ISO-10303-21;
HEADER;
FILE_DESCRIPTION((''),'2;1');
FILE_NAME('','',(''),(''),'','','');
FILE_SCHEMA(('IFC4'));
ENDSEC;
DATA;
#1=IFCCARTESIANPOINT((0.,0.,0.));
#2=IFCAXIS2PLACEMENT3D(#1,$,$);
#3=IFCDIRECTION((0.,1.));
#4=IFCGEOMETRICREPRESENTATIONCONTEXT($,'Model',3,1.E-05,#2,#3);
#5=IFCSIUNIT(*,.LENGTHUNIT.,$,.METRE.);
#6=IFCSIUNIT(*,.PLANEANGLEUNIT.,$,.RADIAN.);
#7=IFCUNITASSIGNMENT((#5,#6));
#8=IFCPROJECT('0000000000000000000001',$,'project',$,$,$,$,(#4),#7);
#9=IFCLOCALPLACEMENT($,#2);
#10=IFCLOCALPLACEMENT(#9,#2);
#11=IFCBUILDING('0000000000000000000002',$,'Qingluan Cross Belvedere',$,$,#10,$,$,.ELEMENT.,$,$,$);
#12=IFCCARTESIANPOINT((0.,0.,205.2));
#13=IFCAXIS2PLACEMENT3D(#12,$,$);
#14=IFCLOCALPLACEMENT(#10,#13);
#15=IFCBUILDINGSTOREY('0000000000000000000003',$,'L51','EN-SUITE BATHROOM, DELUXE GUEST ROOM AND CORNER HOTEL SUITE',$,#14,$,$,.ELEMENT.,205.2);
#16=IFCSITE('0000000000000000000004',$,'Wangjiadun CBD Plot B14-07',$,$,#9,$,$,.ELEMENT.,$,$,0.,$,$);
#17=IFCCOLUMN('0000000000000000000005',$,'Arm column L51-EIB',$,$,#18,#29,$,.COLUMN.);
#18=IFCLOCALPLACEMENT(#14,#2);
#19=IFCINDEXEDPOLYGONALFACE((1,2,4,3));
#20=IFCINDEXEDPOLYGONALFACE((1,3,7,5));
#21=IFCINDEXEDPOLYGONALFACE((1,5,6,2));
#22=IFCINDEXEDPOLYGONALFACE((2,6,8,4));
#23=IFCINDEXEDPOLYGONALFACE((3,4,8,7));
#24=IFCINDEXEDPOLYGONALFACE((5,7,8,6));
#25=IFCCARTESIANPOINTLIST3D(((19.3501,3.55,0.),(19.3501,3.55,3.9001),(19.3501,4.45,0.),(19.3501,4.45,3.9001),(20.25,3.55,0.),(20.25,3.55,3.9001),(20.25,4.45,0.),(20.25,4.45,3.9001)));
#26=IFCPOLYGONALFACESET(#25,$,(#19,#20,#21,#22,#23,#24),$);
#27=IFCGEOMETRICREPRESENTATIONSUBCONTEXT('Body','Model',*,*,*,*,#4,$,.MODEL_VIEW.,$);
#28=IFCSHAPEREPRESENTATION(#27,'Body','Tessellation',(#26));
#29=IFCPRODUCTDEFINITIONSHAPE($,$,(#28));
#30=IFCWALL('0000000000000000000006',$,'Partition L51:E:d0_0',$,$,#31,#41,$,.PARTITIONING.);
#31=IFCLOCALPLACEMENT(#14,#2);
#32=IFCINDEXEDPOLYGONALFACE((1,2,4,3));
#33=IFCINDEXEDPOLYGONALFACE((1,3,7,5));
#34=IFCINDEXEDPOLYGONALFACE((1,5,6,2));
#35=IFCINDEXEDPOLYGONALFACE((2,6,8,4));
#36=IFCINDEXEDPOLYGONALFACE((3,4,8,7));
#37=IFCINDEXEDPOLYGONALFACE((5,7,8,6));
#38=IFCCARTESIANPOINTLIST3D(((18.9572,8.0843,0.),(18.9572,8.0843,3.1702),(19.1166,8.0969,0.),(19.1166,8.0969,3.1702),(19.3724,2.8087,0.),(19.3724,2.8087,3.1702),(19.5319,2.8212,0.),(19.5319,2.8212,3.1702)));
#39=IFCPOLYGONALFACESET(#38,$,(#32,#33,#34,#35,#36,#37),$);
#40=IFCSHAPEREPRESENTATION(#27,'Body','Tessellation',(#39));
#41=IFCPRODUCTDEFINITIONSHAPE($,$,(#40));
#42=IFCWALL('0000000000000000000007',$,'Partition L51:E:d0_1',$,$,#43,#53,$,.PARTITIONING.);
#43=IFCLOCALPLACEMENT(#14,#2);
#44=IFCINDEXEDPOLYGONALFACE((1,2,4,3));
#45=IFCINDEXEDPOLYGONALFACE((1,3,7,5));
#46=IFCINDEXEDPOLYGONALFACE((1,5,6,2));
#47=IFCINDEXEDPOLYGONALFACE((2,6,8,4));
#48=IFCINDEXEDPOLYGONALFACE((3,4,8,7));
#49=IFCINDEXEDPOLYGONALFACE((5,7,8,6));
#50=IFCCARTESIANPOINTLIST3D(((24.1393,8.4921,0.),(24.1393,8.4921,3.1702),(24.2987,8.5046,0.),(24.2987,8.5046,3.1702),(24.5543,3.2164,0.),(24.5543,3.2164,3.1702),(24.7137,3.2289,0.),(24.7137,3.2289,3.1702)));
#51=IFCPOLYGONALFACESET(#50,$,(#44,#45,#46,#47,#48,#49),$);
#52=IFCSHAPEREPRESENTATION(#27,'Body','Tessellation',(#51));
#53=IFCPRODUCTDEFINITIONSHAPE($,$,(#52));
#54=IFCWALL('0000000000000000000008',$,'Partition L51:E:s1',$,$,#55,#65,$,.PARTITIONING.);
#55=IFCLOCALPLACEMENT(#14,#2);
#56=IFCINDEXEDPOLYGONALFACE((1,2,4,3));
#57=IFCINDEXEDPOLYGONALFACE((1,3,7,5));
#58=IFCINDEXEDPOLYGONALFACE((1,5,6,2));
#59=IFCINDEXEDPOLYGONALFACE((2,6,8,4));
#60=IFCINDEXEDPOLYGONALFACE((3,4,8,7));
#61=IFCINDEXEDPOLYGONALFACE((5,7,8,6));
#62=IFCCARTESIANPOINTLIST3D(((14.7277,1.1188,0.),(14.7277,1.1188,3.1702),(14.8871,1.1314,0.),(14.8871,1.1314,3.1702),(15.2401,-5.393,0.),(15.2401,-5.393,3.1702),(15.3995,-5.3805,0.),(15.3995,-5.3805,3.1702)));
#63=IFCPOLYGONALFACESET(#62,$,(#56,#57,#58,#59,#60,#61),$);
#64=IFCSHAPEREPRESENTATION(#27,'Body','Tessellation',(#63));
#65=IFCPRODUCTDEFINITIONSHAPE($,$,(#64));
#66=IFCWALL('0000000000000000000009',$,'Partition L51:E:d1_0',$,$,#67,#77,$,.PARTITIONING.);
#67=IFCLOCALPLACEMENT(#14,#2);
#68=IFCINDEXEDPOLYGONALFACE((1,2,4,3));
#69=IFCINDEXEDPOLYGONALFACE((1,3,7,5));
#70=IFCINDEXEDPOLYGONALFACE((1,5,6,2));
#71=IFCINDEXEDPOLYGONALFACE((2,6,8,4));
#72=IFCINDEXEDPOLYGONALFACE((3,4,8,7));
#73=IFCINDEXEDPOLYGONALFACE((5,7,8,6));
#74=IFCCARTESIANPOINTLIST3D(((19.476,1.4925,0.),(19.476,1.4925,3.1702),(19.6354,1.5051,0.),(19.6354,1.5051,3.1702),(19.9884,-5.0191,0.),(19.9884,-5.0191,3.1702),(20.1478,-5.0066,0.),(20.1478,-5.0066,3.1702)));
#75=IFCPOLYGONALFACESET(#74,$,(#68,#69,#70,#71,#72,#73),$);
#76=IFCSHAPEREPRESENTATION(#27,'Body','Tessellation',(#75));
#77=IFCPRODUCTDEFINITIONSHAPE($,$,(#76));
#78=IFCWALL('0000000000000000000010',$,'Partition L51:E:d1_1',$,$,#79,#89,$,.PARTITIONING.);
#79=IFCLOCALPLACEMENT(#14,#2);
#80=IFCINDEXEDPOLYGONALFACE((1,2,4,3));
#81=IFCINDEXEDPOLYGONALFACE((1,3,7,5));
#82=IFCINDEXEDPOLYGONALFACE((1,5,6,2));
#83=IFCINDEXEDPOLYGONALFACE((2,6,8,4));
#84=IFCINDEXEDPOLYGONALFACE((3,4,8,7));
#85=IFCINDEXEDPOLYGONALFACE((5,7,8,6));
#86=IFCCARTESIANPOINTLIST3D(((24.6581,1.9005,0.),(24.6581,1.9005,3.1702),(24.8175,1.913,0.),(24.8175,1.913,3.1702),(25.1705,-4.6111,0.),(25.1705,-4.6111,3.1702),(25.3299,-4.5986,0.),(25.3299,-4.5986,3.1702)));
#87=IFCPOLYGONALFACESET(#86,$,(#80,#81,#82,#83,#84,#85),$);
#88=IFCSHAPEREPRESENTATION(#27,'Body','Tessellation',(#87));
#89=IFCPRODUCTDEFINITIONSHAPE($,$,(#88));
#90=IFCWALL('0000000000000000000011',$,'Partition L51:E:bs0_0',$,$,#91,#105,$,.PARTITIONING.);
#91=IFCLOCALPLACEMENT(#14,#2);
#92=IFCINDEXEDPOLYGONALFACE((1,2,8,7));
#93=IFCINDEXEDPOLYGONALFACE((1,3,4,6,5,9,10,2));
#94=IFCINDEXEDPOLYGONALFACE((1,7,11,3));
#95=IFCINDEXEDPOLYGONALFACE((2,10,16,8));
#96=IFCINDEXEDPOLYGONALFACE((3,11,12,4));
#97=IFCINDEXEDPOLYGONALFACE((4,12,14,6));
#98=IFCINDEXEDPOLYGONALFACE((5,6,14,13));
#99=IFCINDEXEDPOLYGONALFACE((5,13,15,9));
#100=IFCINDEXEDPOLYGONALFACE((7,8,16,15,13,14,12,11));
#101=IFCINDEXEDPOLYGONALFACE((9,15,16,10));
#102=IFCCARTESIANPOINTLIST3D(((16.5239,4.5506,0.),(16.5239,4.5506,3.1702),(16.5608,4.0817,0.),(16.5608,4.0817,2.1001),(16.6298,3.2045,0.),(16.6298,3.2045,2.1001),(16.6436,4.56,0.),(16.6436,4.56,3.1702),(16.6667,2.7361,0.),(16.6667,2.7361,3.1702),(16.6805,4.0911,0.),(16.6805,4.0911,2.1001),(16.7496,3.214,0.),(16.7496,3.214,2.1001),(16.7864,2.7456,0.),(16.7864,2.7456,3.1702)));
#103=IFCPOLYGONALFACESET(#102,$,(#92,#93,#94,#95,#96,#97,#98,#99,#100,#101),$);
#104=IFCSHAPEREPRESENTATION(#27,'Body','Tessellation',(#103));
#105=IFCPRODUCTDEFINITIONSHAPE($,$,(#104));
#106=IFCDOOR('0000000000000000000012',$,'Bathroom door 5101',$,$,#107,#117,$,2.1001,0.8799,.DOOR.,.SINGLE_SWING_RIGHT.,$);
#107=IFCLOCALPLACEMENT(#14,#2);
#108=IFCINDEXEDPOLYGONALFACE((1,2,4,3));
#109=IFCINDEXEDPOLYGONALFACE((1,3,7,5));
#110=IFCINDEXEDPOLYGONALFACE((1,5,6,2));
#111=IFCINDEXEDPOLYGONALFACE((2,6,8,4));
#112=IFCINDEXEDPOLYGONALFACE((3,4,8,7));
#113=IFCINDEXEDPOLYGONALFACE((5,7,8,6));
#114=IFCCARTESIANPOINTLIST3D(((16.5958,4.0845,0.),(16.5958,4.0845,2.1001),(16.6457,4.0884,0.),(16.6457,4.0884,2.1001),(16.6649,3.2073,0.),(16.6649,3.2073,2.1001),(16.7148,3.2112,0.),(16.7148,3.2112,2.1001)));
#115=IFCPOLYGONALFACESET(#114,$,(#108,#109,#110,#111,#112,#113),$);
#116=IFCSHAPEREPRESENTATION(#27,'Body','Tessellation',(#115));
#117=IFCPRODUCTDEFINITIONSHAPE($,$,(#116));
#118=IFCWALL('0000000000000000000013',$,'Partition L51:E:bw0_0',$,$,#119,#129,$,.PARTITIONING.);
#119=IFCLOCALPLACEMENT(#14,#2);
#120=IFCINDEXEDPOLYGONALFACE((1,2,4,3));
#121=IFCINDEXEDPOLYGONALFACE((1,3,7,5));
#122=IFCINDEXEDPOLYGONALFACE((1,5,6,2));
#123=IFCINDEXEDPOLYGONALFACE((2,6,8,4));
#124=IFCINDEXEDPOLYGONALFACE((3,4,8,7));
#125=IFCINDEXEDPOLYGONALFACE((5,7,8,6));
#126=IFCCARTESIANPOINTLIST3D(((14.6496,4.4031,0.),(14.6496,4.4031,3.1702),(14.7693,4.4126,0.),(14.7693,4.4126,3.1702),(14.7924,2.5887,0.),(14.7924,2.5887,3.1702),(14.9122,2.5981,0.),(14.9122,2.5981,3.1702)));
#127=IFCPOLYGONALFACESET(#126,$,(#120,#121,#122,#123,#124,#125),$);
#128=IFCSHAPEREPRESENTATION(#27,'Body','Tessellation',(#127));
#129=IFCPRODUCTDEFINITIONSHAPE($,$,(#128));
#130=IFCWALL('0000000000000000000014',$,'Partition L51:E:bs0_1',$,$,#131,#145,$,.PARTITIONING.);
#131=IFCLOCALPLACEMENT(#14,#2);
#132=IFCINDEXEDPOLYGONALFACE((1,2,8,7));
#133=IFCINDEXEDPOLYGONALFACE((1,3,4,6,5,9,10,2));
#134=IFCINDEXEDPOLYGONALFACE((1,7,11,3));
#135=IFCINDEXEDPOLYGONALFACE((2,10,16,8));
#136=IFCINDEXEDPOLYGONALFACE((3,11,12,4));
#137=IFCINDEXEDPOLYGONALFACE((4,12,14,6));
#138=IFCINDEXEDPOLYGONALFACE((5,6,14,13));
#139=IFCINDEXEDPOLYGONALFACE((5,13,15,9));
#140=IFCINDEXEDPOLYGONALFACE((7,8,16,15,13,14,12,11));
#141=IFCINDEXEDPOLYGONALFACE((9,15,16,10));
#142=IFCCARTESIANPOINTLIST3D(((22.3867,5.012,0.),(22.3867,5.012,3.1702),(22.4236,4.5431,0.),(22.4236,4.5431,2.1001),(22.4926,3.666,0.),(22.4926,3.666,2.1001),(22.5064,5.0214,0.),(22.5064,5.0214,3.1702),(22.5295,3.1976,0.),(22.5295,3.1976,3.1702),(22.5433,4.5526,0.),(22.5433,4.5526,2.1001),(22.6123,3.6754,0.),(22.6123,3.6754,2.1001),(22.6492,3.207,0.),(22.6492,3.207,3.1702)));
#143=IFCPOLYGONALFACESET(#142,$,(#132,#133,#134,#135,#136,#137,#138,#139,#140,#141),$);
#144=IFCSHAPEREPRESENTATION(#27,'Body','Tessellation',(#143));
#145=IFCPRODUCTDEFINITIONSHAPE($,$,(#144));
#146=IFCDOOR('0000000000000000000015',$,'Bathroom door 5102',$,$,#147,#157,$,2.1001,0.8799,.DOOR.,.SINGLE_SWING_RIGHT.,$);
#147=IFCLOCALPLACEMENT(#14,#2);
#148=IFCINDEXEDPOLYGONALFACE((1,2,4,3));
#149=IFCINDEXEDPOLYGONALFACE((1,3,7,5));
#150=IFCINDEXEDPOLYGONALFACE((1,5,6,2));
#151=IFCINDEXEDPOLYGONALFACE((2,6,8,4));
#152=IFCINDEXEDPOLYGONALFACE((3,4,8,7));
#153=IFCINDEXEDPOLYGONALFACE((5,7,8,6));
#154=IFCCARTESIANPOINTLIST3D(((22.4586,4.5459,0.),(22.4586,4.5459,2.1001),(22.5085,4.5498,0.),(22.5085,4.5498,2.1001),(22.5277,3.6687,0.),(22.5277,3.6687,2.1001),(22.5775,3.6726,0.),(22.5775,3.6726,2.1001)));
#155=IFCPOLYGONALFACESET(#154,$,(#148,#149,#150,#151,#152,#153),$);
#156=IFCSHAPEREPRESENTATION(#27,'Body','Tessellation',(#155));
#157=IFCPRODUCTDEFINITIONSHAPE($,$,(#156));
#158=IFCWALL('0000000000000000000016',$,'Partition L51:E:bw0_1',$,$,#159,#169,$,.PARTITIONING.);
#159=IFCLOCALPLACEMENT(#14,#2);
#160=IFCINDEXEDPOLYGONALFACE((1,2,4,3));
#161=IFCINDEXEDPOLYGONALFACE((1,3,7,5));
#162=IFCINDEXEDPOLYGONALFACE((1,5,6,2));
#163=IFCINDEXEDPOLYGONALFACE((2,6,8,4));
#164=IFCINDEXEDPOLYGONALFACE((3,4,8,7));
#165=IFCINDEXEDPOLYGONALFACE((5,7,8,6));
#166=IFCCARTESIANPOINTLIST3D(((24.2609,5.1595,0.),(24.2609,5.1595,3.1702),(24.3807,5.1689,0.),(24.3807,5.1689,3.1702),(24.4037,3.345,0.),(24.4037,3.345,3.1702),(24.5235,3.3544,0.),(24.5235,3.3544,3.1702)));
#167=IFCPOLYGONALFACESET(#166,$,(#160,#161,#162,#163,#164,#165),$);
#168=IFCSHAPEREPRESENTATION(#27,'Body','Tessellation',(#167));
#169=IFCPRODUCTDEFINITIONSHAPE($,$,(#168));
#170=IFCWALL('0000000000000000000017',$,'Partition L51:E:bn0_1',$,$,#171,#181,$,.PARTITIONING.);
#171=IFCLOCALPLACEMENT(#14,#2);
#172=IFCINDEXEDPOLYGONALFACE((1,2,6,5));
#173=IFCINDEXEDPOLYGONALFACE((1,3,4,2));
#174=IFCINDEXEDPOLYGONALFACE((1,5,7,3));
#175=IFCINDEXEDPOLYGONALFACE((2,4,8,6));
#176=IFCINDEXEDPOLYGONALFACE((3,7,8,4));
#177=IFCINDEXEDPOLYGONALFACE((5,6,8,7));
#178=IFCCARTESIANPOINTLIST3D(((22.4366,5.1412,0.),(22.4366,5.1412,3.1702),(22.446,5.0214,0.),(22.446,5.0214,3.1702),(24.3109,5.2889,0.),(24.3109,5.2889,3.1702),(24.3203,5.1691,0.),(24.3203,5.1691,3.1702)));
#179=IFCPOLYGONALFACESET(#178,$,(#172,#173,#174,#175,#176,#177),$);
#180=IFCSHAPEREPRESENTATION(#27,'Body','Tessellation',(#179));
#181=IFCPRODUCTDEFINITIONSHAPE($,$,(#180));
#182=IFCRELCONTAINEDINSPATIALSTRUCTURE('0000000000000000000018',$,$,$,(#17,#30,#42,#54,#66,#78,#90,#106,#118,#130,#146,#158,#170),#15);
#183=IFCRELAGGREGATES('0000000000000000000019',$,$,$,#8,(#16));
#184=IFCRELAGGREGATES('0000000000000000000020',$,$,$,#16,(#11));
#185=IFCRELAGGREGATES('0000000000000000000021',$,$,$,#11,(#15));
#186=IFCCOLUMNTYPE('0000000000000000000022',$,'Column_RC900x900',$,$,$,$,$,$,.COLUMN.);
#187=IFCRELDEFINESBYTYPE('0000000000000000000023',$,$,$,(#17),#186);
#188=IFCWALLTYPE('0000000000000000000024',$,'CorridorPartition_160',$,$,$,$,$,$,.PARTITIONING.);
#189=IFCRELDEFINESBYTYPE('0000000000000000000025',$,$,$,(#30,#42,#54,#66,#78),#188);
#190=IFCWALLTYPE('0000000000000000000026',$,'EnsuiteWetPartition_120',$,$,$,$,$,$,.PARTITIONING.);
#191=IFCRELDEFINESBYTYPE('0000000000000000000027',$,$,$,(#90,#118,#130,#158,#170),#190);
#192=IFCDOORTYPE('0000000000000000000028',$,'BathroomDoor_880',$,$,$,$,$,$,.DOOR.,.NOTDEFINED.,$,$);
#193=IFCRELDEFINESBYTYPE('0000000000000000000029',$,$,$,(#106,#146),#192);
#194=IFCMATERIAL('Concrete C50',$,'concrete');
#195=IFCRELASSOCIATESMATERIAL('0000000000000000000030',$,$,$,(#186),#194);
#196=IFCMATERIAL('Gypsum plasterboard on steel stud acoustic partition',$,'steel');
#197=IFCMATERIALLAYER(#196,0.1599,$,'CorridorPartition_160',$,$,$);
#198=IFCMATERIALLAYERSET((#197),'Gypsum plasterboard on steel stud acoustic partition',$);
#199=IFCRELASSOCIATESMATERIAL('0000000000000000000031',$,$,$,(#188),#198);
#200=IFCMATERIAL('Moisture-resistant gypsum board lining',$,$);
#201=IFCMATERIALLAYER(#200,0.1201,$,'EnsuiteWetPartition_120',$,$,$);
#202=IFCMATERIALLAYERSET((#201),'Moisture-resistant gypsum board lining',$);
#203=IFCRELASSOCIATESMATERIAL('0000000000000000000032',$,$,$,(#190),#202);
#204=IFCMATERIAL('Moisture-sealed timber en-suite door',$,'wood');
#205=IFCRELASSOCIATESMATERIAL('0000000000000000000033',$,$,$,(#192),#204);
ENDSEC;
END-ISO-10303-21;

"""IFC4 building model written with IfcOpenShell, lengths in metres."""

from ifc_helpers import new_model, si_unit, direction, frame, frame_2d, origin, origin_2d, place, context, subcontext, project, spatial, rectangle, extrude, material, layer, layer_set, material_profile, profile_set, type_object, element, fill, save


model = new_model("IFC4")

# Units and contexts
model_context = context("Model", 3, precision=1e-05, world=origin(), true_north=direction((0.0, 1.0)))
body_context = subcontext(model_context, "Body", "Model", "MODEL_VIEW")
ifc_project = project(units=[si_unit("LENGTHUNIT", "METRE"), si_unit("PLANEANGLEUNIT", "RADIAN")], contexts=[model_context])

# Site, building, storey
site_placement = place(None, origin())
site = spatial("IfcSite", under=ifc_project, at=site_placement, Name="Wangjiadun CBD Plot B14-07", CompositionType="ELEMENT", RefElevation=0.0)
building_placement = place(site_placement, origin())
building = spatial("IfcBuilding", under=site, at=building_placement, Name="Qingluan Cross Belvedere", CompositionType="ELEMENT")
storey_placement = place(building_placement, frame((0.0, 0.0, 205.2)))
storey = spatial("IfcBuildingStorey", under=building, at=storey_placement, Name="L51", Description="EN-SUITE BATHROOM, DELUXE GUEST ROOM AND CORNER HOTEL SUITE", CompositionType="ELEMENT", Elevation=205.2)

# Column
ifc_material_1 = material(Name="Concrete C50", Category="concrete")
ifc_material_profile = material_profile(ifc_material_1, rectangle(XDim=0.8999, YDim=0.8999, at=origin_2d()), Name="RC900x900")
ifc_profile_set = profile_set([ifc_material_profile], Name="Concrete C50")
column_type = type_object("IfcColumnType", Name="Column_RC900x900", PredefinedType="COLUMN", material=ifc_profile_set)
column_placement = place(storey_placement, frame((19.8, 4.0, 0.0), z_axis=(0.0, 0.0, 1.0), x_axis=(1.0, 0.0, 0.0)))
element("IfcColumn", 1, at=column_placement, inside=storey, type_object=column_type, Name="Arm column L51-EIB", PredefinedType="COLUMN", context=body_context, shape_type="SweptSolid", body=[
    extrude(rectangle(XDim=0.8999, YDim=0.8999, at=origin_2d()), origin(), (0.0, 0.0, 1.0), 3.9001),
])

# Walls
ifc_material_2 = material(Name="Gypsum plasterboard on steel stud acoustic partition", Category="steel")
ifc_layer_1 = layer(ifc_material_2, 0.1599, Name="CorridorPartition_160")
ifc_layer_set_1 = layer_set([ifc_layer_1], Name="Gypsum plasterboard on steel stud acoustic partition")
wall_type_1 = type_object("IfcWallType", Name="CorridorPartition_160", PredefinedType="PARTITIONING", material=ifc_layer_set_1)
for number, where, z_axis, x_axis, name in (
    (2, (19.4521, 2.8149, 0.0), (0.0, 0.0, 1.0), (-0.078474, 0.996916, 0.0), "Partition L51:E:d0_0"),
    (3, (24.634, 3.2227, 0.0), (0.0, 0.0, 1.0), (-0.078429, 0.99692, 0.0), "Partition L51:E:d0_1"),
):
    element("IfcWall", number, at=place(storey_placement, frame(where, z_axis=z_axis, x_axis=x_axis)), inside=storey, type_object=wall_type_1, Name=name, PredefinedType="PARTITIONING", context=body_context, shape_type="SweptSolid", body=[
        extrude(rectangle(XDim=5.292, YDim=0.1599, at=frame_2d((2.646, 0.0))), origin(), (0.0, 0.0, 1.0), 3.1702),
    ])

# Walls
wall_1_placement = place(storey_placement, frame((14.8074, 1.1252, 0.0), z_axis=(0.0, 0.0, 1.0), x_axis=(0.078451, -0.996918, 0.0)))
element("IfcWall", 4, at=wall_1_placement, inside=storey, type_object=wall_type_1, Name="Partition L51:E:s1", PredefinedType="PARTITIONING", context=body_context, shape_type="SweptSolid", body=[
    extrude(rectangle(XDim=6.532, YDim=0.1599, at=frame_2d((3.2661, 0.0))), origin(), (0.0, 0.0, 1.0), 3.1702),
])
for number, where, z_axis, x_axis, name in (
    (5, (19.5557, 1.4988, 0.0), (0.0, 0.0, 1.0), (0.078454, -0.996918, 0.0), "Partition L51:E:d1_0"),
    (6, (24.7378, 1.9067, 0.0), (0.0, 0.0, 1.0), (0.078454, -0.996918, 0.0), "Partition L51:E:d1_1"),
):
    element("IfcWall", number, at=place(storey_placement, frame(where, z_axis=z_axis, x_axis=x_axis)), inside=storey, type_object=wall_type_1, Name=name, PredefinedType="PARTITIONING", context=body_context, shape_type="SweptSolid", body=[
        extrude(rectangle(XDim=6.5317, YDim=0.1599, at=frame_2d((3.2659, 0.0))), origin(), (0.0, 0.0, 1.0), 3.1702),
    ])

# Wall, opening, door
ifc_material_3 = material(Name="Moisture-resistant gypsum board lining")
ifc_layer_2 = layer(ifc_material_3, 0.1201, Name="EnsuiteWetPartition_120")
ifc_layer_set_2 = layer_set([ifc_layer_2], Name="Moisture-resistant gypsum board lining")
wall_type_2 = type_object("IfcWallType", Name="EnsuiteWetPartition_120", PredefinedType="PARTITIONING", material=ifc_layer_set_2)
wall_2_placement = place(storey_placement, frame((16.7266, 2.7407, 0.0), z_axis=(0.0, 0.0, 1.0), x_axis=(-0.078471, 0.996916, 0.0)))
wall_2 = element("IfcWall", 7, at=wall_2_placement, inside=storey, type_object=wall_type_2, Name="Partition L51:E:bs0_0", PredefinedType="PARTITIONING", context=body_context, shape_type="SweptSolid", body=[
    extrude(rectangle(XDim=1.8201, YDim=0.1201, at=frame_2d((0.9102, 0.0))), origin(), (0.0, 0.0, 1.0), 3.1702),
])
opening_1_placement = place(wall_2_placement, frame((0.47, 0.0, 0.0)))
opening_1 = element("IfcOpeningElement", 8, at=opening_1_placement, cuts=wall_2, PredefinedType="OPENING", context=body_context, shape_type="SweptSolid", body=[
    extrude(rectangle(XDim=0.8799, YDim=2.1001, at=frame_2d((0.4399, 1.05))), frame((0.0, 0.0701, 0.0), z_axis=(0.0, -1.0, 0.0), x_axis=(1.0, 0.0, 0.0)), (0.0, 0.0, 1.0), 0.1401),
])
ifc_material_4 = material(Name="Moisture-sealed timber en-suite door", Category="wood")
door_type_1 = type_object("IfcDoorType", Name="BathroomDoor_880", OperationType="NOTDEFINED", PredefinedType="DOOR", material=ifc_material_4)
door_1_placement = place(opening_1_placement, origin())
door_1 = element("IfcDoor", 9, at=door_1_placement, inside=storey, type_object=door_type_1, Name="Bathroom door 5101", OperationType="SINGLE_SWING_RIGHT", OverallHeight=2.1001, OverallWidth=0.8799, PredefinedType="DOOR", context=body_context, shape_type="SweptSolid", body=[
    extrude(rectangle(XDim=0.8799, YDim=2.1001, at=frame_2d((0.4399, 1.05))), frame((0.0, 0.0249, 0.0), z_axis=(0.0, -1.0, 0.0), x_axis=(1.0, 0.0, 0.0)), (0.0, 0.0, 1.0), 0.05),
])
fill(opening_1, door_1)

# Wall
wall_3_placement = place(storey_placement, frame((14.8523, 2.5933, 0.0), z_axis=(0.0, 0.0, 1.0), x_axis=(-0.078471, 0.996916, 0.0)))
element("IfcWall", 10, at=wall_3_placement, inside=storey, type_object=wall_type_2, Name="Partition L51:E:bw0_0", PredefinedType="PARTITIONING", context=body_context, shape_type="SweptSolid", body=[
    extrude(rectangle(XDim=1.8201, YDim=0.1201, at=frame_2d((0.9102, 0.0))), origin(), (0.0, 0.0, 1.0), 3.1702),
])

# Wall, opening, door
wall_4_placement = place(storey_placement, frame((22.5894, 3.2021, 0.0), z_axis=(0.0, 0.0, 1.0), x_axis=(-0.078471, 0.996916, 0.0)))
wall_4 = element("IfcWall", 11, at=wall_4_placement, inside=storey, type_object=wall_type_2, Name="Partition L51:E:bs0_1", PredefinedType="PARTITIONING", context=body_context, shape_type="SweptSolid", body=[
    extrude(rectangle(XDim=1.8201, YDim=0.1201, at=frame_2d((0.9102, 0.0))), origin(), (0.0, 0.0, 1.0), 3.1702),
])
opening_2_placement = place(wall_4_placement, frame((0.47, 0.0, 0.0)))
opening_2 = element("IfcOpeningElement", 12, at=opening_2_placement, cuts=wall_4, PredefinedType="OPENING", context=body_context, shape_type="SweptSolid", body=[
    extrude(rectangle(XDim=0.8799, YDim=2.1001, at=frame_2d((0.4399, 1.05))), frame((0.0, 0.0701, 0.0), z_axis=(0.0, -1.0, 0.0), x_axis=(1.0, 0.0, 0.0)), (0.0, 0.0, 1.0), 0.1401),
])
door_2_placement = place(opening_2_placement, origin())
door_2 = element("IfcDoor", 13, at=door_2_placement, inside=storey, type_object=door_type_1, Name="Bathroom door 5102", OperationType="SINGLE_SWING_RIGHT", OverallHeight=2.1001, OverallWidth=0.8799, PredefinedType="DOOR", context=body_context, shape_type="SweptSolid", body=[
    extrude(rectangle(XDim=0.8799, YDim=2.1001, at=frame_2d((0.4399, 1.05))), frame((0.0, 0.0249, 0.0), z_axis=(0.0, -1.0, 0.0), x_axis=(1.0, 0.0, 0.0)), (0.0, 0.0, 1.0), 0.05),
])
fill(opening_2, door_2)

# Walls
wall_5_placement = place(storey_placement, frame((24.4636, 3.3496, 0.0), z_axis=(0.0, 0.0, 1.0), x_axis=(-0.078471, 0.996916, 0.0)))
element("IfcWall", 14, at=wall_5_placement, inside=storey, type_object=wall_type_2, Name="Partition L51:E:bw0_1", PredefinedType="PARTITIONING", context=body_context, shape_type="SweptSolid", body=[
    extrude(rectangle(XDim=1.8201, YDim=0.1201, at=frame_2d((0.9102, 0.0))), origin(), (0.0, 0.0, 1.0), 3.1702),
])
wall_6_placement = place(storey_placement, frame((22.4414, 5.0813, 0.0), z_axis=(0.0, 0.0, 1.0), x_axis=(0.996909, 0.078563, 0.0)))
element("IfcWall", 15, at=wall_6_placement, inside=storey, type_object=wall_type_2, Name="Partition L51:E:bn0_1", PredefinedType="PARTITIONING", context=body_context, shape_type="SweptSolid", body=[
    extrude(rectangle(XDim=1.8801, YDim=0.1201, at=frame_2d((0.9399, 0.0))), origin(), (0.0, 0.0, 1.0), 3.1702),
])

save(model, "model.ifc")
